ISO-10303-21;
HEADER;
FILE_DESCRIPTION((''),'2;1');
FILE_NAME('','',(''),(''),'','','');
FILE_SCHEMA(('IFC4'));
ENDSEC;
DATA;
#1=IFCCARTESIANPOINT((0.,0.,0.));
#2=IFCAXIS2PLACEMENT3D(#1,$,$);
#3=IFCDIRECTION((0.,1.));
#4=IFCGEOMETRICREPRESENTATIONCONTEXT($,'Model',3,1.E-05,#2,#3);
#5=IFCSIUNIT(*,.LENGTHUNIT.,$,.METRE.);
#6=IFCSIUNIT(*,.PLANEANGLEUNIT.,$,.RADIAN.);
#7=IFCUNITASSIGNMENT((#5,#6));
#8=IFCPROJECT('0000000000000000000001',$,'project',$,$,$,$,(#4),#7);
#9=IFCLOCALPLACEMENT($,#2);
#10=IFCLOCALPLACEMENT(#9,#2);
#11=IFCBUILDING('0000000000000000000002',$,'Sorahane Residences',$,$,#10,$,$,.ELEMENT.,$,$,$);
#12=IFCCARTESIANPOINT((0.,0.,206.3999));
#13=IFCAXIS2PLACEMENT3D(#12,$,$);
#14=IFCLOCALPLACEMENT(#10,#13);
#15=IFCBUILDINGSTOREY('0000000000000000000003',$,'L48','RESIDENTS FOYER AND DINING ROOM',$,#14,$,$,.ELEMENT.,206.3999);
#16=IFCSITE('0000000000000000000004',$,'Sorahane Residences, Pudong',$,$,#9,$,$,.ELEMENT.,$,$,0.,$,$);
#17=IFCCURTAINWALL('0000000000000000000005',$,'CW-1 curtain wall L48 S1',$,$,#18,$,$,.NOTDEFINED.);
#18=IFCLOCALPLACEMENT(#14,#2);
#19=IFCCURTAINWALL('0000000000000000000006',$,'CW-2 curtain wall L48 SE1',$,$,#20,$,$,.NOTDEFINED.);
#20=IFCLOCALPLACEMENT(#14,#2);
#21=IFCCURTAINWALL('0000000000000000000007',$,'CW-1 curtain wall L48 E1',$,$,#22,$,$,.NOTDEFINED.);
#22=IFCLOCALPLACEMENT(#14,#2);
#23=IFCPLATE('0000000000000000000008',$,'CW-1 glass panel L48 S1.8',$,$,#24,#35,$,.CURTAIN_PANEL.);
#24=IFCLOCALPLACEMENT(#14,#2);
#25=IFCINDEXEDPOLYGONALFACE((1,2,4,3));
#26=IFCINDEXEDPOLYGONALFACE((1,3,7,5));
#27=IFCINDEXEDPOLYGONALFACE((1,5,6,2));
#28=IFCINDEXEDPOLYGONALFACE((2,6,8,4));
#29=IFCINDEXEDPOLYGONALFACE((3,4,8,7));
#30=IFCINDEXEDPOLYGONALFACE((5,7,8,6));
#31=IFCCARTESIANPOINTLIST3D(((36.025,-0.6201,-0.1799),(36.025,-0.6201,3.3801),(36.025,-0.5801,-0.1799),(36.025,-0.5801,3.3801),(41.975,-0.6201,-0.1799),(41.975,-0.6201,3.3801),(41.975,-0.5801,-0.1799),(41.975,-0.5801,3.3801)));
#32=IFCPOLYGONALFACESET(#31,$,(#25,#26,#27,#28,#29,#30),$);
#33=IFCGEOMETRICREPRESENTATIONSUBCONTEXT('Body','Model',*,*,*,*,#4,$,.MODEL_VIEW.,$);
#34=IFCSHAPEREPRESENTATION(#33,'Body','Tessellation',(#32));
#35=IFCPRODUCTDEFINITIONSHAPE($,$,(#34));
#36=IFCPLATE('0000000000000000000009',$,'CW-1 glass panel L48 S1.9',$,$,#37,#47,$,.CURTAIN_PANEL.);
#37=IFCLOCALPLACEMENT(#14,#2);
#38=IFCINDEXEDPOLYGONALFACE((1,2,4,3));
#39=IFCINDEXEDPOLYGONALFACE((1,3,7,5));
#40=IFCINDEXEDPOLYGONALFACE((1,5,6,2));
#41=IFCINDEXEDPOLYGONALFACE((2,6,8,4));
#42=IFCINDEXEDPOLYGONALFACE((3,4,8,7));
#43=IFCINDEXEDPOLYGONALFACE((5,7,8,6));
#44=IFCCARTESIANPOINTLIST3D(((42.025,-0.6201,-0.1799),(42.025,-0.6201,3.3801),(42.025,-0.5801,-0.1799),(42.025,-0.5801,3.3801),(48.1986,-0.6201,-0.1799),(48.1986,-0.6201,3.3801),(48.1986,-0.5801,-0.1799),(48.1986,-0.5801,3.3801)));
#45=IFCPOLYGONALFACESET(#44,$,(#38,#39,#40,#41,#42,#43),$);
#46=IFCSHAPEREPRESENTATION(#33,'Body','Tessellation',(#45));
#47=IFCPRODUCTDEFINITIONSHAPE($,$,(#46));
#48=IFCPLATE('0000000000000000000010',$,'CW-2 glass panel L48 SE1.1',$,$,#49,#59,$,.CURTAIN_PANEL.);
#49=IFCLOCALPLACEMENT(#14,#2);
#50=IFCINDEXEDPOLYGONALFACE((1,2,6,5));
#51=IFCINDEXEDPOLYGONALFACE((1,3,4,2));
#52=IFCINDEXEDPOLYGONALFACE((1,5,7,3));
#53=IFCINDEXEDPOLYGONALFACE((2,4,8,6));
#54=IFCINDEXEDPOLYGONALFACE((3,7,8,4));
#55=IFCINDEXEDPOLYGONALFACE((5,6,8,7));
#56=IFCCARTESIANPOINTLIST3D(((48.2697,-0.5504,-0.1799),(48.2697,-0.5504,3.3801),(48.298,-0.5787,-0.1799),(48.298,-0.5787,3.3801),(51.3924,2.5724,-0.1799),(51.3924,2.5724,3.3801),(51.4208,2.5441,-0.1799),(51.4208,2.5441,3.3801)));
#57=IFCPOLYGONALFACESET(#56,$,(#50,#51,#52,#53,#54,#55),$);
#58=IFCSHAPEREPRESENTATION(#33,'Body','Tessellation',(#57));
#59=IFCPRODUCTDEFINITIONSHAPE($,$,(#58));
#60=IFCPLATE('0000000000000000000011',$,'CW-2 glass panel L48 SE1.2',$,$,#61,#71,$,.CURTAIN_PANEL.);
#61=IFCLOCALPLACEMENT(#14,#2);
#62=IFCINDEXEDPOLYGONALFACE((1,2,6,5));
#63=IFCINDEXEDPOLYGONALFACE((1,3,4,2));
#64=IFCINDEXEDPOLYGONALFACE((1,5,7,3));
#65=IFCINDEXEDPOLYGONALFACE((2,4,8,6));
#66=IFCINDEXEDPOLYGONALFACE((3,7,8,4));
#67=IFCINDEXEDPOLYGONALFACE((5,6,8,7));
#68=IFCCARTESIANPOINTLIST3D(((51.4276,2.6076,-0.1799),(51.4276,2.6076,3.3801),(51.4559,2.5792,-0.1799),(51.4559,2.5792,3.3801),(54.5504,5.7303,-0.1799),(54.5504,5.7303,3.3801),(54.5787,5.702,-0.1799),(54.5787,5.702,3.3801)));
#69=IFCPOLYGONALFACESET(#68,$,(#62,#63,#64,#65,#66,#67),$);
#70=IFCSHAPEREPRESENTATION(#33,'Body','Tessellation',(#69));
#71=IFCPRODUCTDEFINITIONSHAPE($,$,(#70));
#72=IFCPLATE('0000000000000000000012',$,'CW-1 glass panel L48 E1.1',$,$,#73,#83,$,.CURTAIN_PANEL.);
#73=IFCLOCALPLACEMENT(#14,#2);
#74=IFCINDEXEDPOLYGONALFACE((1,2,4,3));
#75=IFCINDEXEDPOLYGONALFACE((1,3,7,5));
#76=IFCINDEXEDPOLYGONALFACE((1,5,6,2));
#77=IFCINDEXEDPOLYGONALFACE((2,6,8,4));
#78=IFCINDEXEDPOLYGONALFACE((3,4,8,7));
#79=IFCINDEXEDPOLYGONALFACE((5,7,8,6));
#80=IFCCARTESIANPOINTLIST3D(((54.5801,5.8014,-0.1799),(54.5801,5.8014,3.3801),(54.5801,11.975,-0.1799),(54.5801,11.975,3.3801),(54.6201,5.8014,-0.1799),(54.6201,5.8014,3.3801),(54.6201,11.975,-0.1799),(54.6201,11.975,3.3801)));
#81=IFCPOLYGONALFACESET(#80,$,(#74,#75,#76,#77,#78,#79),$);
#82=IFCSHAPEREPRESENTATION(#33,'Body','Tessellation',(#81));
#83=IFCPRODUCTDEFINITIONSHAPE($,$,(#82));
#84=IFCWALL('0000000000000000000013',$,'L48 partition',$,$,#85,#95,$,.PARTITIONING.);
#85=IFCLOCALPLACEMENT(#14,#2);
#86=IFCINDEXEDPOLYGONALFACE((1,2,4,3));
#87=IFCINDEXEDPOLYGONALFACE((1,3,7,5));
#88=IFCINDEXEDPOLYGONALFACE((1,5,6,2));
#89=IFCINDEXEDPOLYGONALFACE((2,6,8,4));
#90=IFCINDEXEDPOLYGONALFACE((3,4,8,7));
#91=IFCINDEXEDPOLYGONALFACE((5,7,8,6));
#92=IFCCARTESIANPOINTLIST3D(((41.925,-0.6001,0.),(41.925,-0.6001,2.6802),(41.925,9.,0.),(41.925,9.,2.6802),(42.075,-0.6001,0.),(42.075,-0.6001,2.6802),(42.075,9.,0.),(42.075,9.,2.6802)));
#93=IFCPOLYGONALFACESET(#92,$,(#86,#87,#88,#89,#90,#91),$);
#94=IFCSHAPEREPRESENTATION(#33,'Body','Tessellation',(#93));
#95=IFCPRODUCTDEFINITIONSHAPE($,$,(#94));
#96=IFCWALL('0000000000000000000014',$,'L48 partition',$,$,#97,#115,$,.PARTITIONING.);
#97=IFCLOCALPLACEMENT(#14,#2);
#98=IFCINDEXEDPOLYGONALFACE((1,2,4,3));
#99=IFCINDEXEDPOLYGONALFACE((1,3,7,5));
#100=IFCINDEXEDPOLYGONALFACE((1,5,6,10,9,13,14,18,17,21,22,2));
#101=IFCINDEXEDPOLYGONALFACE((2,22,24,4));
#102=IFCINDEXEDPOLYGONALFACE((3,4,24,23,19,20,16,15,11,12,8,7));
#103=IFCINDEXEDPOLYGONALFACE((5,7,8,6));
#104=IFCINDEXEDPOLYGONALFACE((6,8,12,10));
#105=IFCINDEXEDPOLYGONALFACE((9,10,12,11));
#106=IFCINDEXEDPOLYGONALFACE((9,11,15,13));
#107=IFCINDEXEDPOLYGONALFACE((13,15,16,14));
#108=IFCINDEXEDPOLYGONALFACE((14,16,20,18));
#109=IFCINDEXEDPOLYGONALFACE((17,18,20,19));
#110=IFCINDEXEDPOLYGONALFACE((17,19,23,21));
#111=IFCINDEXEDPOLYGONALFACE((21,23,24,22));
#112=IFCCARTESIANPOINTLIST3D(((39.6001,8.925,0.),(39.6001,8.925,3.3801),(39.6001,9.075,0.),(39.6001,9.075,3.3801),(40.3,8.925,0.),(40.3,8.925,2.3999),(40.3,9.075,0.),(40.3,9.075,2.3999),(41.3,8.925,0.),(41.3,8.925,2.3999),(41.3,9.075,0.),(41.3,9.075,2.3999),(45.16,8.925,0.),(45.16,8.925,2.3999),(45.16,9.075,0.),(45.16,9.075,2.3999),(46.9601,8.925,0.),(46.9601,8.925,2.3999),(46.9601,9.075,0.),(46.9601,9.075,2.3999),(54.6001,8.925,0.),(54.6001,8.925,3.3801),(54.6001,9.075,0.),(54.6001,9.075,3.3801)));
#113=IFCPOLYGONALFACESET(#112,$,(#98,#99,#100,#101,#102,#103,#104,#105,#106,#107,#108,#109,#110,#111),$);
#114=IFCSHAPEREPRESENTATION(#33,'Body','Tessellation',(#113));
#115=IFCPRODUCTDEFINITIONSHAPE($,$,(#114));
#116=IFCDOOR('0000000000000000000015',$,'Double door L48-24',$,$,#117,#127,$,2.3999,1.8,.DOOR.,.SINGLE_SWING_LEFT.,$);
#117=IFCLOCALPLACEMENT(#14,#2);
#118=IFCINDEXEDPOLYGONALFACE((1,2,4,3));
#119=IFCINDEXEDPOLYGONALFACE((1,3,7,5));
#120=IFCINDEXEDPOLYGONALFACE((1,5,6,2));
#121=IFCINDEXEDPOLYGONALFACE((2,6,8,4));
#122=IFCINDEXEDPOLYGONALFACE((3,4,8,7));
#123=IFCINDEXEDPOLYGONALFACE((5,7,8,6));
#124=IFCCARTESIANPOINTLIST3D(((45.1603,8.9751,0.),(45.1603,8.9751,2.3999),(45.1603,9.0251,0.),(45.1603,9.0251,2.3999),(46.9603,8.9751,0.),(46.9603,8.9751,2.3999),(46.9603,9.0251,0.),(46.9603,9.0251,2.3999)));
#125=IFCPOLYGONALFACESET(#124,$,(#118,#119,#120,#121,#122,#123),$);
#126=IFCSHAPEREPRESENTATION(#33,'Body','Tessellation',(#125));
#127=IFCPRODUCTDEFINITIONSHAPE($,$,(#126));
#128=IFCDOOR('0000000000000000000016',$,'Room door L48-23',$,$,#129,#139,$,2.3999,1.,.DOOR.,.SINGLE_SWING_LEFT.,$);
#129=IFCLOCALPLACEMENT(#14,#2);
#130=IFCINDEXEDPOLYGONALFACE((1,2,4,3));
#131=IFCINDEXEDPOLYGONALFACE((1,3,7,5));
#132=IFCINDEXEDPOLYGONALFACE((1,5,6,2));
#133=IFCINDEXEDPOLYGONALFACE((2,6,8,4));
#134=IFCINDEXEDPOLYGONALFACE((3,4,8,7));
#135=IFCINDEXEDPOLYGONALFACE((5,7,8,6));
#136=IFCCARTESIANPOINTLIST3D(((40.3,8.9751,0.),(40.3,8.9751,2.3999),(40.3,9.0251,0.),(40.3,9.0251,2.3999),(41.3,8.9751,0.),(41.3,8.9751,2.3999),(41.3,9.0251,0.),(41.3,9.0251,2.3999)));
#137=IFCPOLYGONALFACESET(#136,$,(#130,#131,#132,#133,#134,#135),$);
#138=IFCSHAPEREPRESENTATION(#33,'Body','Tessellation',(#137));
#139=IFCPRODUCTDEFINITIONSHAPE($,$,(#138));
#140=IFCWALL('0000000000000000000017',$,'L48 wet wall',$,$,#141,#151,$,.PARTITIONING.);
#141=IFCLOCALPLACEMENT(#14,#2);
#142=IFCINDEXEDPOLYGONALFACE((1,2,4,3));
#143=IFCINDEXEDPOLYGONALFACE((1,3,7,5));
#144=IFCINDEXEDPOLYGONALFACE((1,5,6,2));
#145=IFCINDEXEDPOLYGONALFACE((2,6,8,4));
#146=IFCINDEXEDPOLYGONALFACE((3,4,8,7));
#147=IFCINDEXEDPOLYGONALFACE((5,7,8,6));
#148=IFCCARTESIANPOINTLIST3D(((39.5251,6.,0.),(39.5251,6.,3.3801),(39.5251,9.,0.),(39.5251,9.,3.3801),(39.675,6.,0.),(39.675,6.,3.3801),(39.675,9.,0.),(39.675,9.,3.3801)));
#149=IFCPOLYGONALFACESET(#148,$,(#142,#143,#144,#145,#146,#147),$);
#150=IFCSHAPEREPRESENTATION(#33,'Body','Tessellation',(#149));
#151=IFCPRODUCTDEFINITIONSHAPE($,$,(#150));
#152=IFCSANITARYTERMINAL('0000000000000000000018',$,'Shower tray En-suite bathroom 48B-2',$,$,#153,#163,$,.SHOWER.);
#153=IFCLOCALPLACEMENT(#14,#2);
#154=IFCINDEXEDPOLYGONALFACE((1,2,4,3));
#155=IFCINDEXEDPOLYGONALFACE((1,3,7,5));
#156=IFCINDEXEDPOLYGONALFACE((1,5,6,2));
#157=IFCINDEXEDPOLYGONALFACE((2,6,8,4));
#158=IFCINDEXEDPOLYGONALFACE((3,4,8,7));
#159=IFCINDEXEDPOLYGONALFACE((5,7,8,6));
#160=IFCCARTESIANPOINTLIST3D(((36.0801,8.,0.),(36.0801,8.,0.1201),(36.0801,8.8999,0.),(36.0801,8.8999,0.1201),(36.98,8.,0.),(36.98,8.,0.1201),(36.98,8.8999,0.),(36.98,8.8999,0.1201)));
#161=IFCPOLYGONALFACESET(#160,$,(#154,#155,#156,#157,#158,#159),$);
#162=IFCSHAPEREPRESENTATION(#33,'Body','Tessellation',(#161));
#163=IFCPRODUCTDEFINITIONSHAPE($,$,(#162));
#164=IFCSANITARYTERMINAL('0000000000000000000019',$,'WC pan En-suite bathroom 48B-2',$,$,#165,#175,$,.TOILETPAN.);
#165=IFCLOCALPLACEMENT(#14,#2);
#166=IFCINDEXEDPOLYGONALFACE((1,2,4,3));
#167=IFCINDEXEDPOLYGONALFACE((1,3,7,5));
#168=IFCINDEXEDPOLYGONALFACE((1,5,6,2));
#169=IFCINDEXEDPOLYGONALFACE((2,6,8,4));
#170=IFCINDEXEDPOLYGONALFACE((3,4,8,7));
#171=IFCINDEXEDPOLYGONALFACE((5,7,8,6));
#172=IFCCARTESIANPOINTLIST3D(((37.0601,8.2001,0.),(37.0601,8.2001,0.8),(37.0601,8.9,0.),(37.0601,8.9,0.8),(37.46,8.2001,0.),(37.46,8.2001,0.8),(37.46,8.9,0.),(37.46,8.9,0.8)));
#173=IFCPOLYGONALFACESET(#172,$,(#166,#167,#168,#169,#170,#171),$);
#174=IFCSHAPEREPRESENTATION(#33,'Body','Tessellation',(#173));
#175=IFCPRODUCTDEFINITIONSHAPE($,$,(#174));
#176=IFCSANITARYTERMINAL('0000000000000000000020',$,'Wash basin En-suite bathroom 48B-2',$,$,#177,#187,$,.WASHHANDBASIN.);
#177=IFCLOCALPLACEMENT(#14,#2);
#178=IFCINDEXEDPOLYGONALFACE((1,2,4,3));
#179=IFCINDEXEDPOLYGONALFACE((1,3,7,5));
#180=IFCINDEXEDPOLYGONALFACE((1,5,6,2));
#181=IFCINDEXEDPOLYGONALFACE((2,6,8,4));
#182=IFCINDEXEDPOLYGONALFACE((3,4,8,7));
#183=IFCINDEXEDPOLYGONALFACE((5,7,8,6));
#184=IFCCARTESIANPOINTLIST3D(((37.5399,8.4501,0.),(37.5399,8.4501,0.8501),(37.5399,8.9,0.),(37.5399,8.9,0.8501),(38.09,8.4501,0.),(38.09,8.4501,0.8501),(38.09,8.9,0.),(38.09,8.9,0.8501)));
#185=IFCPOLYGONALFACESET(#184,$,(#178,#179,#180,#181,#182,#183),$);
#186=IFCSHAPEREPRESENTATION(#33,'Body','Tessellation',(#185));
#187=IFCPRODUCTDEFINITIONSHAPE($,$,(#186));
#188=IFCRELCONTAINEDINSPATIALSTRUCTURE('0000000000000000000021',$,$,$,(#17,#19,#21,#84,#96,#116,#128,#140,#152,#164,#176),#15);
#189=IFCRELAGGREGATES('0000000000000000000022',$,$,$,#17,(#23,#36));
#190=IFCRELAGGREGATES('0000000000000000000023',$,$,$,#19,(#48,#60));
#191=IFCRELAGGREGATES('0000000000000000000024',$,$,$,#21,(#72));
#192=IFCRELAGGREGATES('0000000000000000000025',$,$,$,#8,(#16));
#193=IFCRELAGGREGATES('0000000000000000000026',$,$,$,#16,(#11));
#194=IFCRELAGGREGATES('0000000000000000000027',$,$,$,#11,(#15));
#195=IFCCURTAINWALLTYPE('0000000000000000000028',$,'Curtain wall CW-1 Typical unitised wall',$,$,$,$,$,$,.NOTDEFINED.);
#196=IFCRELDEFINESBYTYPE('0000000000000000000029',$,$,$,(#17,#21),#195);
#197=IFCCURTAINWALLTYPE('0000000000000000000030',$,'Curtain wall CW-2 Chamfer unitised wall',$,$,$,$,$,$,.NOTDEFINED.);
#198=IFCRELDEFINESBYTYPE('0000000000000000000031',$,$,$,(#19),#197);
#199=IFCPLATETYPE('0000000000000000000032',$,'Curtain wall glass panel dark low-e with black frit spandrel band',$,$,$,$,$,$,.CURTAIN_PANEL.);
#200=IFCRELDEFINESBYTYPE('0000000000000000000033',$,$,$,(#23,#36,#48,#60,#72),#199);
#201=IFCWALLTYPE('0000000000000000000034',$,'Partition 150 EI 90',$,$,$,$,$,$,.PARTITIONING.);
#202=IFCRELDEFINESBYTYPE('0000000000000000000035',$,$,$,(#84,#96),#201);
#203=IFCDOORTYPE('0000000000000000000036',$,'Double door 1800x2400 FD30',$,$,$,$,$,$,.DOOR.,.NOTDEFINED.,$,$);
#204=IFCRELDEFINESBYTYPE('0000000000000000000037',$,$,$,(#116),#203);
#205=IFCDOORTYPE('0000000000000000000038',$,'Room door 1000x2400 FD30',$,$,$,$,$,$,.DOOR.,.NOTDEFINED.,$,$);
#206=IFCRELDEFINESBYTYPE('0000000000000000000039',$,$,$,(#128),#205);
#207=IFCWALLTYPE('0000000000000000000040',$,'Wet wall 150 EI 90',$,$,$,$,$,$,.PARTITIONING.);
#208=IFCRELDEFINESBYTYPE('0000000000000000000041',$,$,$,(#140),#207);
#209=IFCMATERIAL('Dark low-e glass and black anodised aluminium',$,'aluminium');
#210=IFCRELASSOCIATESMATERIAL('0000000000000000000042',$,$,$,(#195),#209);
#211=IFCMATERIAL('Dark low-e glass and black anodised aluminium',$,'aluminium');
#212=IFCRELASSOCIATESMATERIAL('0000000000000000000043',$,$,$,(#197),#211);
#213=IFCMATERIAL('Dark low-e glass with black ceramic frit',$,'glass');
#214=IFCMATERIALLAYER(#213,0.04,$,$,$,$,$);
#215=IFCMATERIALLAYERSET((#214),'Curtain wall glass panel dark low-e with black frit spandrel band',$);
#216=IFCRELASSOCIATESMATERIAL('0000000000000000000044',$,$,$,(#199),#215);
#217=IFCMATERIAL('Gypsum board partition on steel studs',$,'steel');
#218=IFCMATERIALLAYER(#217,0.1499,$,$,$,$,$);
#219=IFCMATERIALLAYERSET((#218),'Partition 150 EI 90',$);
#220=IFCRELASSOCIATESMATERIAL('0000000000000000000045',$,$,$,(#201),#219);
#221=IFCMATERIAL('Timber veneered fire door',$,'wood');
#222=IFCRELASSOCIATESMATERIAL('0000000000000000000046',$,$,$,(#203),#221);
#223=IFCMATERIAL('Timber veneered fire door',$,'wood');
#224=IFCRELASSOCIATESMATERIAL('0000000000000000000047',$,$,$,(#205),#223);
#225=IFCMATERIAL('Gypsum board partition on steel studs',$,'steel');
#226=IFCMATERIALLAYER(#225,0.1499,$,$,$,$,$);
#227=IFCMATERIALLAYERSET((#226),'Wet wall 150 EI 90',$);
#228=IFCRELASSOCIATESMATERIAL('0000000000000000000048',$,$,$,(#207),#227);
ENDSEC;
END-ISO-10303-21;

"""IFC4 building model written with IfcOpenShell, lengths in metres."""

from ifc_helpers import new_model, si_unit, direction, frame, frame_2d, origin, origin_2d, place, context, subcontext, project, spatial, rectangle, extrude, material, layer, layer_set, type_object, element, fill, aggregate, save


model = new_model("IFC4")

# Units and contexts
model_context = context("Model", 3, precision=1e-05, world=origin(), true_north=direction((0.0, 1.0)))
body_context = subcontext(model_context, "Body", "Model", "MODEL_VIEW")
ifc_project = project(units=[si_unit("LENGTHUNIT", "METRE"), si_unit("PLANEANGLEUNIT", "RADIAN")], contexts=[model_context])

# Site, building, storey
site_placement = place(None, origin())
site = spatial("IfcSite", under=ifc_project, at=site_placement, Name="Sorahane Residences, Pudong", CompositionType="ELEMENT", RefElevation=0.0)
building_placement = place(site_placement, origin())
building = spatial("IfcBuilding", under=site, at=building_placement, Name="Sorahane Residences", CompositionType="ELEMENT")
storey_placement = place(building_placement, frame((0.0, 0.0, 206.3999)))
storey = spatial("IfcBuildingStorey", under=building, at=storey_placement, Name="L48", Description="RESIDENTS FOYER AND DINING ROOM", CompositionType="ELEMENT", Elevation=206.3999)

# Curtain walls
ifc_material_1 = material(Name="Dark low-e glass and black anodised aluminium", Category="aluminium")
curtain_wall_type_1 = type_object("IfcCurtainWallType", Name="Curtain wall CW-1 Typical unitised wall", PredefinedType="NOTDEFINED", material=ifc_material_1)
curtain_wall_1_placement = place(storey_placement, origin())
curtain_wall_1 = element("IfcCurtainWall", 1, at=curtain_wall_1_placement, inside=storey, type_object=curtain_wall_type_1, Name="CW-1 curtain wall L48 S1", PredefinedType="NOTDEFINED")
ifc_material_2 = material(Name="Dark low-e glass and black anodised aluminium", Category="aluminium")
curtain_wall_type_2 = type_object("IfcCurtainWallType", Name="Curtain wall CW-2 Chamfer unitised wall", PredefinedType="NOTDEFINED", material=ifc_material_2)
curtain_wall_2_placement = place(storey_placement, origin())
curtain_wall_2 = element("IfcCurtainWall", 2, at=curtain_wall_2_placement, inside=storey, type_object=curtain_wall_type_2, Name="CW-2 curtain wall L48 SE1", PredefinedType="NOTDEFINED")

# Curtain wall
curtain_wall_3_placement = place(storey_placement, origin())
curtain_wall_3 = element("IfcCurtainWall", 3, at=curtain_wall_3_placement, inside=storey, type_object=curtain_wall_type_1, Name="CW-1 curtain wall L48 E1", PredefinedType="NOTDEFINED")

# Plates
ifc_material_3 = material(Name="Dark low-e glass with black ceramic frit", Category="glass")
ifc_layer_1 = layer(ifc_material_3, 0.04)
ifc_layer_set_1 = layer_set([ifc_layer_1], Name="Curtain wall glass panel dark low-e with black frit spandrel band")
plate_type = type_object("IfcPlateType", Name="Curtain wall glass panel dark low-e with black frit spandrel band", PredefinedType="CURTAIN_PANEL", material=ifc_layer_set_1)
plate_1_placement = place(storey_placement, frame((39.0, -0.6001, -0.1799), z_axis=(0.0, 0.0, 1.0), x_axis=(1.0, 0.0, 0.0)))
plate_1 = element("IfcPlate", 4, at=plate_1_placement, type_object=plate_type, Name="CW-1 glass panel L48 S1.8", PredefinedType="CURTAIN_PANEL", context=body_context, shape_type="SweptSolid", body=[
    extrude(rectangle(XDim=5.95, YDim=0.04, at=origin_2d()), origin(), (0.0, 0.0, 1.0), 3.5601),
])
plate_2_placement = place(storey_placement, frame((45.1118, -0.6001, -0.1799), z_axis=(0.0, 0.0, 1.0), x_axis=(1.0, 0.0, 0.0)))
plate_2 = element("IfcPlate", 5, at=plate_2_placement, type_object=plate_type, Name="CW-1 glass panel L48 S1.9", PredefinedType="CURTAIN_PANEL", context=body_context, shape_type="SweptSolid", body=[
    extrude(rectangle(XDim=6.1736, YDim=0.04, at=origin_2d()), origin(), (0.0, 0.0, 1.0), 3.5601),
])
aggregate(curtain_wall_1, [plate_1, plate_2])
plate_3_placement = place(storey_placement, frame((49.8452, 0.9968, -0.1799), z_axis=(0.0, 0.0, 1.0), x_axis=(0.707107, 0.707107, 0.0)))
plate_3 = element("IfcPlate", 6, at=plate_3_placement, type_object=plate_type, Name="CW-2 glass panel L48 SE1.1", PredefinedType="CURTAIN_PANEL", context=body_context, shape_type="SweptSolid", body=[
    extrude(rectangle(XDim=4.4163, YDim=0.04, at=origin_2d()), origin(), (0.0, 0.0, 1.0), 3.5601),
])
plate_4_placement = place(storey_placement, frame((53.0032, 4.1548, -0.1799), z_axis=(0.0, 0.0, 1.0), x_axis=(0.707107, 0.707107, 0.0)))
plate_4 = element("IfcPlate", 7, at=plate_4_placement, type_object=plate_type, Name="CW-2 glass panel L48 SE1.2", PredefinedType="CURTAIN_PANEL", context=body_context, shape_type="SweptSolid", body=[
    extrude(rectangle(XDim=4.4163, YDim=0.04, at=origin_2d()), origin(), (0.0, 0.0, 1.0), 3.5601),
])
aggregate(curtain_wall_2, [plate_3, plate_4])
plate_5_placement = place(storey_placement, frame((54.6001, 8.8882, -0.1799), z_axis=(0.0, 0.0, 1.0), x_axis=(0.0, 1.0, 0.0)))
plate_5 = element("IfcPlate", 8, at=plate_5_placement, type_object=plate_type, Name="CW-1 glass panel L48 E1.1", PredefinedType="CURTAIN_PANEL", context=body_context, shape_type="SweptSolid", body=[
    extrude(rectangle(XDim=6.1736, YDim=0.04, at=origin_2d()), origin(), (0.0, 0.0, 1.0), 3.5601),
])
aggregate(curtain_wall_3, [plate_5])

# Wall
ifc_material_4 = material(Name="Gypsum board partition on steel studs", Category="steel")
ifc_layer_2 = layer(ifc_material_4, 0.1499)
ifc_layer_set_2 = layer_set([ifc_layer_2], Name="Partition 150 EI 90")
wall_type_1 = type_object("IfcWallType", Name="Partition 150 EI 90", PredefinedType="PARTITIONING", material=ifc_layer_set_2)
wall_1_placement = place(storey_placement, frame((42.0, -0.6001, 0.0), z_axis=(0.0, 0.0, 1.0), x_axis=(0.0, 1.0, 0.0)))
element("IfcWall", 9, at=wall_1_placement, inside=storey, type_object=wall_type_1, Name="L48 partition", PredefinedType="PARTITIONING", context=body_context, shape_type="SweptSolid", body=[
    extrude(rectangle(XDim=9.6001, YDim=0.1499, at=frame_2d((4.8, 0.0))), origin(), (0.0, 0.0, 1.0), 2.6802),
])

# Wall, openings, doors
ifc_material_5 = material(Name="Timber veneered fire door", Category="wood")
door_type_1 = type_object("IfcDoorType", Name="Double door 1800x2400 FD30", OperationType="NOTDEFINED", PredefinedType="DOOR", material=ifc_material_5)
ifc_material_6 = material(Name="Timber veneered fire door", Category="wood")
door_type_2 = type_object("IfcDoorType", Name="Room door 1000x2400 FD30", OperationType="NOTDEFINED", PredefinedType="DOOR", material=ifc_material_6)
wall_2_placement = place(storey_placement, frame((39.6001, 9.0, 0.0), z_axis=(0.0, 0.0, 1.0), x_axis=(1.0, 0.0, 0.0)))
wall_2 = element("IfcWall", 10, at=wall_2_placement, inside=storey, type_object=wall_type_1, Name="L48 partition", PredefinedType="PARTITIONING", context=body_context, shape_type="SweptSolid", body=[
    extrude(rectangle(XDim=15.0, YDim=0.1499, at=frame_2d((7.5, 0.0))), origin(), (0.0, 0.0, 1.0), 3.3801),
])
opening_1_placement = place(wall_2_placement, frame((0.7, 0.0, 0.0)))
opening_1 = element("IfcOpeningElement", 11, at=opening_1_placement, cuts=wall_2, PredefinedType="OPENING", context=body_context, shape_type="SweptSolid", body=[
    extrude(rectangle(XDim=1.0, YDim=2.3999, at=frame_2d((0.5, 1.2))), frame((0.0, 0.085, 0.0), z_axis=(0.0, -1.0, 0.0), x_axis=(1.0, 0.0, 0.0)), (0.0, 0.0, 1.0), 0.1699),
])
opening_2_placement = place(wall_2_placement, frame((5.5601, 0.0, 0.0)))
opening_2 = element("IfcOpeningElement", 12, at=opening_2_placement, cuts=wall_2, PredefinedType="OPENING", context=body_context, shape_type="SweptSolid", body=[
    extrude(rectangle(XDim=1.8, YDim=2.3999, at=frame_2d((0.8999, 1.2))), frame((0.0, 0.085, 0.0), z_axis=(0.0, -1.0, 0.0), x_axis=(1.0, 0.0, 0.0)), (0.0, 0.0, 1.0), 0.1699),
])
door_1_placement = place(opening_2_placement, frame((1.8, 0.0, 0.0), z_axis=(0.0, 0.0, 1.0), x_axis=(-1.0, 0.0, 0.0)))
door_1 = element("IfcDoor", 13, at=door_1_placement, inside=storey, type_object=door_type_1, Name="Double door L48-24", OperationType="SINGLE_SWING_LEFT", OverallHeight=2.3999, OverallWidth=1.8, PredefinedType="DOOR", context=body_context, shape_type="SweptSolid", body=[
    extrude(rectangle(XDim=1.8, YDim=2.3999, at=frame_2d((0.8999, 1.2))), frame((0.0, 0.0249, 0.0), z_axis=(0.0, -1.0, 0.0), x_axis=(1.0, 0.0, 0.0)), (0.0, 0.0, 1.0), 0.05),
])
fill(opening_2, door_1)
door_2_placement = place(opening_1_placement, frame((1.0, 0.0, 0.0), z_axis=(0.0, 0.0, 1.0), x_axis=(-1.0, 0.0, 0.0)))
door_2 = element("IfcDoor", 14, at=door_2_placement, inside=storey, type_object=door_type_2, Name="Room door L48-23", OperationType="SINGLE_SWING_LEFT", OverallHeight=2.3999, OverallWidth=1.0, PredefinedType="DOOR", context=body_context, shape_type="SweptSolid", body=[
    extrude(rectangle(XDim=1.0, YDim=2.3999, at=frame_2d((0.5, 1.2))), frame((0.0, 0.0249, 0.0), z_axis=(0.0, -1.0, 0.0), x_axis=(1.0, 0.0, 0.0)), (0.0, 0.0, 1.0), 0.05),
])
fill(opening_1, door_2)

# Wall
ifc_material_7 = material(Name="Gypsum board partition on steel studs", Category="steel")
ifc_layer_3 = layer(ifc_material_7, 0.1499)
ifc_layer_set_3 = layer_set([ifc_layer_3], Name="Wet wall 150 EI 90")
wall_type_2 = type_object("IfcWallType", Name="Wet wall 150 EI 90", PredefinedType="PARTITIONING", material=ifc_layer_set_3)
wall_3_placement = place(storey_placement, frame((39.6001, 6.0, 0.0), z_axis=(0.0, 0.0, 1.0), x_axis=(0.0, 1.0, 0.0)))
element("IfcWall", 15, at=wall_3_placement, inside=storey, type_object=wall_type_2, Name="L48 wet wall", PredefinedType="PARTITIONING", context=body_context, shape_type="SweptSolid", body=[
    extrude(rectangle(XDim=3.0, YDim=0.1499, at=frame_2d((1.5, 0.0))), origin(), (0.0, 0.0, 1.0), 3.3801),
])

# Sanitary terminals
sanitary_terminal_1_placement = place(storey_placement, frame((36.53, 8.45, 0.0), z_axis=(0.0, 0.0, 1.0), x_axis=(1.0, 0.0, 0.0)))
element("IfcSanitaryTerminal", 16, at=sanitary_terminal_1_placement, inside=storey, Name="Shower tray En-suite bathroom 48B-2", PredefinedType="SHOWER", context=body_context, shape_type="SweptSolid", body=[
    extrude(rectangle(XDim=0.8999, YDim=0.8999, at=origin_2d()), origin(), (0.0, 0.0, 1.0), 0.1201),
])
sanitary_terminal_2_placement = place(storey_placement, frame((37.26, 8.55, 0.0), z_axis=(0.0, 0.0, 1.0), x_axis=(1.0, 0.0, 0.0)))
element("IfcSanitaryTerminal", 17, at=sanitary_terminal_2_placement, inside=storey, Name="WC pan En-suite bathroom 48B-2", PredefinedType="TOILETPAN", context=body_context, shape_type="SweptSolid", body=[
    extrude(rectangle(XDim=0.3999, YDim=0.7, at=origin_2d()), origin(), (0.0, 0.0, 1.0), 0.8),
])
sanitary_terminal_3_placement = place(storey_placement, frame((37.8149, 8.675, 0.0), z_axis=(0.0, 0.0, 1.0), x_axis=(1.0, 0.0, 0.0)))
element("IfcSanitaryTerminal", 18, at=sanitary_terminal_3_placement, inside=storey, Name="Wash basin En-suite bathroom 48B-2", PredefinedType="WASHHANDBASIN", context=body_context, shape_type="SweptSolid", body=[
    extrude(rectangle(XDim=0.55, YDim=0.45, at=origin_2d()), origin(), (0.0, 0.0, 1.0), 0.8501),
])

save(model, "model.ifc")
